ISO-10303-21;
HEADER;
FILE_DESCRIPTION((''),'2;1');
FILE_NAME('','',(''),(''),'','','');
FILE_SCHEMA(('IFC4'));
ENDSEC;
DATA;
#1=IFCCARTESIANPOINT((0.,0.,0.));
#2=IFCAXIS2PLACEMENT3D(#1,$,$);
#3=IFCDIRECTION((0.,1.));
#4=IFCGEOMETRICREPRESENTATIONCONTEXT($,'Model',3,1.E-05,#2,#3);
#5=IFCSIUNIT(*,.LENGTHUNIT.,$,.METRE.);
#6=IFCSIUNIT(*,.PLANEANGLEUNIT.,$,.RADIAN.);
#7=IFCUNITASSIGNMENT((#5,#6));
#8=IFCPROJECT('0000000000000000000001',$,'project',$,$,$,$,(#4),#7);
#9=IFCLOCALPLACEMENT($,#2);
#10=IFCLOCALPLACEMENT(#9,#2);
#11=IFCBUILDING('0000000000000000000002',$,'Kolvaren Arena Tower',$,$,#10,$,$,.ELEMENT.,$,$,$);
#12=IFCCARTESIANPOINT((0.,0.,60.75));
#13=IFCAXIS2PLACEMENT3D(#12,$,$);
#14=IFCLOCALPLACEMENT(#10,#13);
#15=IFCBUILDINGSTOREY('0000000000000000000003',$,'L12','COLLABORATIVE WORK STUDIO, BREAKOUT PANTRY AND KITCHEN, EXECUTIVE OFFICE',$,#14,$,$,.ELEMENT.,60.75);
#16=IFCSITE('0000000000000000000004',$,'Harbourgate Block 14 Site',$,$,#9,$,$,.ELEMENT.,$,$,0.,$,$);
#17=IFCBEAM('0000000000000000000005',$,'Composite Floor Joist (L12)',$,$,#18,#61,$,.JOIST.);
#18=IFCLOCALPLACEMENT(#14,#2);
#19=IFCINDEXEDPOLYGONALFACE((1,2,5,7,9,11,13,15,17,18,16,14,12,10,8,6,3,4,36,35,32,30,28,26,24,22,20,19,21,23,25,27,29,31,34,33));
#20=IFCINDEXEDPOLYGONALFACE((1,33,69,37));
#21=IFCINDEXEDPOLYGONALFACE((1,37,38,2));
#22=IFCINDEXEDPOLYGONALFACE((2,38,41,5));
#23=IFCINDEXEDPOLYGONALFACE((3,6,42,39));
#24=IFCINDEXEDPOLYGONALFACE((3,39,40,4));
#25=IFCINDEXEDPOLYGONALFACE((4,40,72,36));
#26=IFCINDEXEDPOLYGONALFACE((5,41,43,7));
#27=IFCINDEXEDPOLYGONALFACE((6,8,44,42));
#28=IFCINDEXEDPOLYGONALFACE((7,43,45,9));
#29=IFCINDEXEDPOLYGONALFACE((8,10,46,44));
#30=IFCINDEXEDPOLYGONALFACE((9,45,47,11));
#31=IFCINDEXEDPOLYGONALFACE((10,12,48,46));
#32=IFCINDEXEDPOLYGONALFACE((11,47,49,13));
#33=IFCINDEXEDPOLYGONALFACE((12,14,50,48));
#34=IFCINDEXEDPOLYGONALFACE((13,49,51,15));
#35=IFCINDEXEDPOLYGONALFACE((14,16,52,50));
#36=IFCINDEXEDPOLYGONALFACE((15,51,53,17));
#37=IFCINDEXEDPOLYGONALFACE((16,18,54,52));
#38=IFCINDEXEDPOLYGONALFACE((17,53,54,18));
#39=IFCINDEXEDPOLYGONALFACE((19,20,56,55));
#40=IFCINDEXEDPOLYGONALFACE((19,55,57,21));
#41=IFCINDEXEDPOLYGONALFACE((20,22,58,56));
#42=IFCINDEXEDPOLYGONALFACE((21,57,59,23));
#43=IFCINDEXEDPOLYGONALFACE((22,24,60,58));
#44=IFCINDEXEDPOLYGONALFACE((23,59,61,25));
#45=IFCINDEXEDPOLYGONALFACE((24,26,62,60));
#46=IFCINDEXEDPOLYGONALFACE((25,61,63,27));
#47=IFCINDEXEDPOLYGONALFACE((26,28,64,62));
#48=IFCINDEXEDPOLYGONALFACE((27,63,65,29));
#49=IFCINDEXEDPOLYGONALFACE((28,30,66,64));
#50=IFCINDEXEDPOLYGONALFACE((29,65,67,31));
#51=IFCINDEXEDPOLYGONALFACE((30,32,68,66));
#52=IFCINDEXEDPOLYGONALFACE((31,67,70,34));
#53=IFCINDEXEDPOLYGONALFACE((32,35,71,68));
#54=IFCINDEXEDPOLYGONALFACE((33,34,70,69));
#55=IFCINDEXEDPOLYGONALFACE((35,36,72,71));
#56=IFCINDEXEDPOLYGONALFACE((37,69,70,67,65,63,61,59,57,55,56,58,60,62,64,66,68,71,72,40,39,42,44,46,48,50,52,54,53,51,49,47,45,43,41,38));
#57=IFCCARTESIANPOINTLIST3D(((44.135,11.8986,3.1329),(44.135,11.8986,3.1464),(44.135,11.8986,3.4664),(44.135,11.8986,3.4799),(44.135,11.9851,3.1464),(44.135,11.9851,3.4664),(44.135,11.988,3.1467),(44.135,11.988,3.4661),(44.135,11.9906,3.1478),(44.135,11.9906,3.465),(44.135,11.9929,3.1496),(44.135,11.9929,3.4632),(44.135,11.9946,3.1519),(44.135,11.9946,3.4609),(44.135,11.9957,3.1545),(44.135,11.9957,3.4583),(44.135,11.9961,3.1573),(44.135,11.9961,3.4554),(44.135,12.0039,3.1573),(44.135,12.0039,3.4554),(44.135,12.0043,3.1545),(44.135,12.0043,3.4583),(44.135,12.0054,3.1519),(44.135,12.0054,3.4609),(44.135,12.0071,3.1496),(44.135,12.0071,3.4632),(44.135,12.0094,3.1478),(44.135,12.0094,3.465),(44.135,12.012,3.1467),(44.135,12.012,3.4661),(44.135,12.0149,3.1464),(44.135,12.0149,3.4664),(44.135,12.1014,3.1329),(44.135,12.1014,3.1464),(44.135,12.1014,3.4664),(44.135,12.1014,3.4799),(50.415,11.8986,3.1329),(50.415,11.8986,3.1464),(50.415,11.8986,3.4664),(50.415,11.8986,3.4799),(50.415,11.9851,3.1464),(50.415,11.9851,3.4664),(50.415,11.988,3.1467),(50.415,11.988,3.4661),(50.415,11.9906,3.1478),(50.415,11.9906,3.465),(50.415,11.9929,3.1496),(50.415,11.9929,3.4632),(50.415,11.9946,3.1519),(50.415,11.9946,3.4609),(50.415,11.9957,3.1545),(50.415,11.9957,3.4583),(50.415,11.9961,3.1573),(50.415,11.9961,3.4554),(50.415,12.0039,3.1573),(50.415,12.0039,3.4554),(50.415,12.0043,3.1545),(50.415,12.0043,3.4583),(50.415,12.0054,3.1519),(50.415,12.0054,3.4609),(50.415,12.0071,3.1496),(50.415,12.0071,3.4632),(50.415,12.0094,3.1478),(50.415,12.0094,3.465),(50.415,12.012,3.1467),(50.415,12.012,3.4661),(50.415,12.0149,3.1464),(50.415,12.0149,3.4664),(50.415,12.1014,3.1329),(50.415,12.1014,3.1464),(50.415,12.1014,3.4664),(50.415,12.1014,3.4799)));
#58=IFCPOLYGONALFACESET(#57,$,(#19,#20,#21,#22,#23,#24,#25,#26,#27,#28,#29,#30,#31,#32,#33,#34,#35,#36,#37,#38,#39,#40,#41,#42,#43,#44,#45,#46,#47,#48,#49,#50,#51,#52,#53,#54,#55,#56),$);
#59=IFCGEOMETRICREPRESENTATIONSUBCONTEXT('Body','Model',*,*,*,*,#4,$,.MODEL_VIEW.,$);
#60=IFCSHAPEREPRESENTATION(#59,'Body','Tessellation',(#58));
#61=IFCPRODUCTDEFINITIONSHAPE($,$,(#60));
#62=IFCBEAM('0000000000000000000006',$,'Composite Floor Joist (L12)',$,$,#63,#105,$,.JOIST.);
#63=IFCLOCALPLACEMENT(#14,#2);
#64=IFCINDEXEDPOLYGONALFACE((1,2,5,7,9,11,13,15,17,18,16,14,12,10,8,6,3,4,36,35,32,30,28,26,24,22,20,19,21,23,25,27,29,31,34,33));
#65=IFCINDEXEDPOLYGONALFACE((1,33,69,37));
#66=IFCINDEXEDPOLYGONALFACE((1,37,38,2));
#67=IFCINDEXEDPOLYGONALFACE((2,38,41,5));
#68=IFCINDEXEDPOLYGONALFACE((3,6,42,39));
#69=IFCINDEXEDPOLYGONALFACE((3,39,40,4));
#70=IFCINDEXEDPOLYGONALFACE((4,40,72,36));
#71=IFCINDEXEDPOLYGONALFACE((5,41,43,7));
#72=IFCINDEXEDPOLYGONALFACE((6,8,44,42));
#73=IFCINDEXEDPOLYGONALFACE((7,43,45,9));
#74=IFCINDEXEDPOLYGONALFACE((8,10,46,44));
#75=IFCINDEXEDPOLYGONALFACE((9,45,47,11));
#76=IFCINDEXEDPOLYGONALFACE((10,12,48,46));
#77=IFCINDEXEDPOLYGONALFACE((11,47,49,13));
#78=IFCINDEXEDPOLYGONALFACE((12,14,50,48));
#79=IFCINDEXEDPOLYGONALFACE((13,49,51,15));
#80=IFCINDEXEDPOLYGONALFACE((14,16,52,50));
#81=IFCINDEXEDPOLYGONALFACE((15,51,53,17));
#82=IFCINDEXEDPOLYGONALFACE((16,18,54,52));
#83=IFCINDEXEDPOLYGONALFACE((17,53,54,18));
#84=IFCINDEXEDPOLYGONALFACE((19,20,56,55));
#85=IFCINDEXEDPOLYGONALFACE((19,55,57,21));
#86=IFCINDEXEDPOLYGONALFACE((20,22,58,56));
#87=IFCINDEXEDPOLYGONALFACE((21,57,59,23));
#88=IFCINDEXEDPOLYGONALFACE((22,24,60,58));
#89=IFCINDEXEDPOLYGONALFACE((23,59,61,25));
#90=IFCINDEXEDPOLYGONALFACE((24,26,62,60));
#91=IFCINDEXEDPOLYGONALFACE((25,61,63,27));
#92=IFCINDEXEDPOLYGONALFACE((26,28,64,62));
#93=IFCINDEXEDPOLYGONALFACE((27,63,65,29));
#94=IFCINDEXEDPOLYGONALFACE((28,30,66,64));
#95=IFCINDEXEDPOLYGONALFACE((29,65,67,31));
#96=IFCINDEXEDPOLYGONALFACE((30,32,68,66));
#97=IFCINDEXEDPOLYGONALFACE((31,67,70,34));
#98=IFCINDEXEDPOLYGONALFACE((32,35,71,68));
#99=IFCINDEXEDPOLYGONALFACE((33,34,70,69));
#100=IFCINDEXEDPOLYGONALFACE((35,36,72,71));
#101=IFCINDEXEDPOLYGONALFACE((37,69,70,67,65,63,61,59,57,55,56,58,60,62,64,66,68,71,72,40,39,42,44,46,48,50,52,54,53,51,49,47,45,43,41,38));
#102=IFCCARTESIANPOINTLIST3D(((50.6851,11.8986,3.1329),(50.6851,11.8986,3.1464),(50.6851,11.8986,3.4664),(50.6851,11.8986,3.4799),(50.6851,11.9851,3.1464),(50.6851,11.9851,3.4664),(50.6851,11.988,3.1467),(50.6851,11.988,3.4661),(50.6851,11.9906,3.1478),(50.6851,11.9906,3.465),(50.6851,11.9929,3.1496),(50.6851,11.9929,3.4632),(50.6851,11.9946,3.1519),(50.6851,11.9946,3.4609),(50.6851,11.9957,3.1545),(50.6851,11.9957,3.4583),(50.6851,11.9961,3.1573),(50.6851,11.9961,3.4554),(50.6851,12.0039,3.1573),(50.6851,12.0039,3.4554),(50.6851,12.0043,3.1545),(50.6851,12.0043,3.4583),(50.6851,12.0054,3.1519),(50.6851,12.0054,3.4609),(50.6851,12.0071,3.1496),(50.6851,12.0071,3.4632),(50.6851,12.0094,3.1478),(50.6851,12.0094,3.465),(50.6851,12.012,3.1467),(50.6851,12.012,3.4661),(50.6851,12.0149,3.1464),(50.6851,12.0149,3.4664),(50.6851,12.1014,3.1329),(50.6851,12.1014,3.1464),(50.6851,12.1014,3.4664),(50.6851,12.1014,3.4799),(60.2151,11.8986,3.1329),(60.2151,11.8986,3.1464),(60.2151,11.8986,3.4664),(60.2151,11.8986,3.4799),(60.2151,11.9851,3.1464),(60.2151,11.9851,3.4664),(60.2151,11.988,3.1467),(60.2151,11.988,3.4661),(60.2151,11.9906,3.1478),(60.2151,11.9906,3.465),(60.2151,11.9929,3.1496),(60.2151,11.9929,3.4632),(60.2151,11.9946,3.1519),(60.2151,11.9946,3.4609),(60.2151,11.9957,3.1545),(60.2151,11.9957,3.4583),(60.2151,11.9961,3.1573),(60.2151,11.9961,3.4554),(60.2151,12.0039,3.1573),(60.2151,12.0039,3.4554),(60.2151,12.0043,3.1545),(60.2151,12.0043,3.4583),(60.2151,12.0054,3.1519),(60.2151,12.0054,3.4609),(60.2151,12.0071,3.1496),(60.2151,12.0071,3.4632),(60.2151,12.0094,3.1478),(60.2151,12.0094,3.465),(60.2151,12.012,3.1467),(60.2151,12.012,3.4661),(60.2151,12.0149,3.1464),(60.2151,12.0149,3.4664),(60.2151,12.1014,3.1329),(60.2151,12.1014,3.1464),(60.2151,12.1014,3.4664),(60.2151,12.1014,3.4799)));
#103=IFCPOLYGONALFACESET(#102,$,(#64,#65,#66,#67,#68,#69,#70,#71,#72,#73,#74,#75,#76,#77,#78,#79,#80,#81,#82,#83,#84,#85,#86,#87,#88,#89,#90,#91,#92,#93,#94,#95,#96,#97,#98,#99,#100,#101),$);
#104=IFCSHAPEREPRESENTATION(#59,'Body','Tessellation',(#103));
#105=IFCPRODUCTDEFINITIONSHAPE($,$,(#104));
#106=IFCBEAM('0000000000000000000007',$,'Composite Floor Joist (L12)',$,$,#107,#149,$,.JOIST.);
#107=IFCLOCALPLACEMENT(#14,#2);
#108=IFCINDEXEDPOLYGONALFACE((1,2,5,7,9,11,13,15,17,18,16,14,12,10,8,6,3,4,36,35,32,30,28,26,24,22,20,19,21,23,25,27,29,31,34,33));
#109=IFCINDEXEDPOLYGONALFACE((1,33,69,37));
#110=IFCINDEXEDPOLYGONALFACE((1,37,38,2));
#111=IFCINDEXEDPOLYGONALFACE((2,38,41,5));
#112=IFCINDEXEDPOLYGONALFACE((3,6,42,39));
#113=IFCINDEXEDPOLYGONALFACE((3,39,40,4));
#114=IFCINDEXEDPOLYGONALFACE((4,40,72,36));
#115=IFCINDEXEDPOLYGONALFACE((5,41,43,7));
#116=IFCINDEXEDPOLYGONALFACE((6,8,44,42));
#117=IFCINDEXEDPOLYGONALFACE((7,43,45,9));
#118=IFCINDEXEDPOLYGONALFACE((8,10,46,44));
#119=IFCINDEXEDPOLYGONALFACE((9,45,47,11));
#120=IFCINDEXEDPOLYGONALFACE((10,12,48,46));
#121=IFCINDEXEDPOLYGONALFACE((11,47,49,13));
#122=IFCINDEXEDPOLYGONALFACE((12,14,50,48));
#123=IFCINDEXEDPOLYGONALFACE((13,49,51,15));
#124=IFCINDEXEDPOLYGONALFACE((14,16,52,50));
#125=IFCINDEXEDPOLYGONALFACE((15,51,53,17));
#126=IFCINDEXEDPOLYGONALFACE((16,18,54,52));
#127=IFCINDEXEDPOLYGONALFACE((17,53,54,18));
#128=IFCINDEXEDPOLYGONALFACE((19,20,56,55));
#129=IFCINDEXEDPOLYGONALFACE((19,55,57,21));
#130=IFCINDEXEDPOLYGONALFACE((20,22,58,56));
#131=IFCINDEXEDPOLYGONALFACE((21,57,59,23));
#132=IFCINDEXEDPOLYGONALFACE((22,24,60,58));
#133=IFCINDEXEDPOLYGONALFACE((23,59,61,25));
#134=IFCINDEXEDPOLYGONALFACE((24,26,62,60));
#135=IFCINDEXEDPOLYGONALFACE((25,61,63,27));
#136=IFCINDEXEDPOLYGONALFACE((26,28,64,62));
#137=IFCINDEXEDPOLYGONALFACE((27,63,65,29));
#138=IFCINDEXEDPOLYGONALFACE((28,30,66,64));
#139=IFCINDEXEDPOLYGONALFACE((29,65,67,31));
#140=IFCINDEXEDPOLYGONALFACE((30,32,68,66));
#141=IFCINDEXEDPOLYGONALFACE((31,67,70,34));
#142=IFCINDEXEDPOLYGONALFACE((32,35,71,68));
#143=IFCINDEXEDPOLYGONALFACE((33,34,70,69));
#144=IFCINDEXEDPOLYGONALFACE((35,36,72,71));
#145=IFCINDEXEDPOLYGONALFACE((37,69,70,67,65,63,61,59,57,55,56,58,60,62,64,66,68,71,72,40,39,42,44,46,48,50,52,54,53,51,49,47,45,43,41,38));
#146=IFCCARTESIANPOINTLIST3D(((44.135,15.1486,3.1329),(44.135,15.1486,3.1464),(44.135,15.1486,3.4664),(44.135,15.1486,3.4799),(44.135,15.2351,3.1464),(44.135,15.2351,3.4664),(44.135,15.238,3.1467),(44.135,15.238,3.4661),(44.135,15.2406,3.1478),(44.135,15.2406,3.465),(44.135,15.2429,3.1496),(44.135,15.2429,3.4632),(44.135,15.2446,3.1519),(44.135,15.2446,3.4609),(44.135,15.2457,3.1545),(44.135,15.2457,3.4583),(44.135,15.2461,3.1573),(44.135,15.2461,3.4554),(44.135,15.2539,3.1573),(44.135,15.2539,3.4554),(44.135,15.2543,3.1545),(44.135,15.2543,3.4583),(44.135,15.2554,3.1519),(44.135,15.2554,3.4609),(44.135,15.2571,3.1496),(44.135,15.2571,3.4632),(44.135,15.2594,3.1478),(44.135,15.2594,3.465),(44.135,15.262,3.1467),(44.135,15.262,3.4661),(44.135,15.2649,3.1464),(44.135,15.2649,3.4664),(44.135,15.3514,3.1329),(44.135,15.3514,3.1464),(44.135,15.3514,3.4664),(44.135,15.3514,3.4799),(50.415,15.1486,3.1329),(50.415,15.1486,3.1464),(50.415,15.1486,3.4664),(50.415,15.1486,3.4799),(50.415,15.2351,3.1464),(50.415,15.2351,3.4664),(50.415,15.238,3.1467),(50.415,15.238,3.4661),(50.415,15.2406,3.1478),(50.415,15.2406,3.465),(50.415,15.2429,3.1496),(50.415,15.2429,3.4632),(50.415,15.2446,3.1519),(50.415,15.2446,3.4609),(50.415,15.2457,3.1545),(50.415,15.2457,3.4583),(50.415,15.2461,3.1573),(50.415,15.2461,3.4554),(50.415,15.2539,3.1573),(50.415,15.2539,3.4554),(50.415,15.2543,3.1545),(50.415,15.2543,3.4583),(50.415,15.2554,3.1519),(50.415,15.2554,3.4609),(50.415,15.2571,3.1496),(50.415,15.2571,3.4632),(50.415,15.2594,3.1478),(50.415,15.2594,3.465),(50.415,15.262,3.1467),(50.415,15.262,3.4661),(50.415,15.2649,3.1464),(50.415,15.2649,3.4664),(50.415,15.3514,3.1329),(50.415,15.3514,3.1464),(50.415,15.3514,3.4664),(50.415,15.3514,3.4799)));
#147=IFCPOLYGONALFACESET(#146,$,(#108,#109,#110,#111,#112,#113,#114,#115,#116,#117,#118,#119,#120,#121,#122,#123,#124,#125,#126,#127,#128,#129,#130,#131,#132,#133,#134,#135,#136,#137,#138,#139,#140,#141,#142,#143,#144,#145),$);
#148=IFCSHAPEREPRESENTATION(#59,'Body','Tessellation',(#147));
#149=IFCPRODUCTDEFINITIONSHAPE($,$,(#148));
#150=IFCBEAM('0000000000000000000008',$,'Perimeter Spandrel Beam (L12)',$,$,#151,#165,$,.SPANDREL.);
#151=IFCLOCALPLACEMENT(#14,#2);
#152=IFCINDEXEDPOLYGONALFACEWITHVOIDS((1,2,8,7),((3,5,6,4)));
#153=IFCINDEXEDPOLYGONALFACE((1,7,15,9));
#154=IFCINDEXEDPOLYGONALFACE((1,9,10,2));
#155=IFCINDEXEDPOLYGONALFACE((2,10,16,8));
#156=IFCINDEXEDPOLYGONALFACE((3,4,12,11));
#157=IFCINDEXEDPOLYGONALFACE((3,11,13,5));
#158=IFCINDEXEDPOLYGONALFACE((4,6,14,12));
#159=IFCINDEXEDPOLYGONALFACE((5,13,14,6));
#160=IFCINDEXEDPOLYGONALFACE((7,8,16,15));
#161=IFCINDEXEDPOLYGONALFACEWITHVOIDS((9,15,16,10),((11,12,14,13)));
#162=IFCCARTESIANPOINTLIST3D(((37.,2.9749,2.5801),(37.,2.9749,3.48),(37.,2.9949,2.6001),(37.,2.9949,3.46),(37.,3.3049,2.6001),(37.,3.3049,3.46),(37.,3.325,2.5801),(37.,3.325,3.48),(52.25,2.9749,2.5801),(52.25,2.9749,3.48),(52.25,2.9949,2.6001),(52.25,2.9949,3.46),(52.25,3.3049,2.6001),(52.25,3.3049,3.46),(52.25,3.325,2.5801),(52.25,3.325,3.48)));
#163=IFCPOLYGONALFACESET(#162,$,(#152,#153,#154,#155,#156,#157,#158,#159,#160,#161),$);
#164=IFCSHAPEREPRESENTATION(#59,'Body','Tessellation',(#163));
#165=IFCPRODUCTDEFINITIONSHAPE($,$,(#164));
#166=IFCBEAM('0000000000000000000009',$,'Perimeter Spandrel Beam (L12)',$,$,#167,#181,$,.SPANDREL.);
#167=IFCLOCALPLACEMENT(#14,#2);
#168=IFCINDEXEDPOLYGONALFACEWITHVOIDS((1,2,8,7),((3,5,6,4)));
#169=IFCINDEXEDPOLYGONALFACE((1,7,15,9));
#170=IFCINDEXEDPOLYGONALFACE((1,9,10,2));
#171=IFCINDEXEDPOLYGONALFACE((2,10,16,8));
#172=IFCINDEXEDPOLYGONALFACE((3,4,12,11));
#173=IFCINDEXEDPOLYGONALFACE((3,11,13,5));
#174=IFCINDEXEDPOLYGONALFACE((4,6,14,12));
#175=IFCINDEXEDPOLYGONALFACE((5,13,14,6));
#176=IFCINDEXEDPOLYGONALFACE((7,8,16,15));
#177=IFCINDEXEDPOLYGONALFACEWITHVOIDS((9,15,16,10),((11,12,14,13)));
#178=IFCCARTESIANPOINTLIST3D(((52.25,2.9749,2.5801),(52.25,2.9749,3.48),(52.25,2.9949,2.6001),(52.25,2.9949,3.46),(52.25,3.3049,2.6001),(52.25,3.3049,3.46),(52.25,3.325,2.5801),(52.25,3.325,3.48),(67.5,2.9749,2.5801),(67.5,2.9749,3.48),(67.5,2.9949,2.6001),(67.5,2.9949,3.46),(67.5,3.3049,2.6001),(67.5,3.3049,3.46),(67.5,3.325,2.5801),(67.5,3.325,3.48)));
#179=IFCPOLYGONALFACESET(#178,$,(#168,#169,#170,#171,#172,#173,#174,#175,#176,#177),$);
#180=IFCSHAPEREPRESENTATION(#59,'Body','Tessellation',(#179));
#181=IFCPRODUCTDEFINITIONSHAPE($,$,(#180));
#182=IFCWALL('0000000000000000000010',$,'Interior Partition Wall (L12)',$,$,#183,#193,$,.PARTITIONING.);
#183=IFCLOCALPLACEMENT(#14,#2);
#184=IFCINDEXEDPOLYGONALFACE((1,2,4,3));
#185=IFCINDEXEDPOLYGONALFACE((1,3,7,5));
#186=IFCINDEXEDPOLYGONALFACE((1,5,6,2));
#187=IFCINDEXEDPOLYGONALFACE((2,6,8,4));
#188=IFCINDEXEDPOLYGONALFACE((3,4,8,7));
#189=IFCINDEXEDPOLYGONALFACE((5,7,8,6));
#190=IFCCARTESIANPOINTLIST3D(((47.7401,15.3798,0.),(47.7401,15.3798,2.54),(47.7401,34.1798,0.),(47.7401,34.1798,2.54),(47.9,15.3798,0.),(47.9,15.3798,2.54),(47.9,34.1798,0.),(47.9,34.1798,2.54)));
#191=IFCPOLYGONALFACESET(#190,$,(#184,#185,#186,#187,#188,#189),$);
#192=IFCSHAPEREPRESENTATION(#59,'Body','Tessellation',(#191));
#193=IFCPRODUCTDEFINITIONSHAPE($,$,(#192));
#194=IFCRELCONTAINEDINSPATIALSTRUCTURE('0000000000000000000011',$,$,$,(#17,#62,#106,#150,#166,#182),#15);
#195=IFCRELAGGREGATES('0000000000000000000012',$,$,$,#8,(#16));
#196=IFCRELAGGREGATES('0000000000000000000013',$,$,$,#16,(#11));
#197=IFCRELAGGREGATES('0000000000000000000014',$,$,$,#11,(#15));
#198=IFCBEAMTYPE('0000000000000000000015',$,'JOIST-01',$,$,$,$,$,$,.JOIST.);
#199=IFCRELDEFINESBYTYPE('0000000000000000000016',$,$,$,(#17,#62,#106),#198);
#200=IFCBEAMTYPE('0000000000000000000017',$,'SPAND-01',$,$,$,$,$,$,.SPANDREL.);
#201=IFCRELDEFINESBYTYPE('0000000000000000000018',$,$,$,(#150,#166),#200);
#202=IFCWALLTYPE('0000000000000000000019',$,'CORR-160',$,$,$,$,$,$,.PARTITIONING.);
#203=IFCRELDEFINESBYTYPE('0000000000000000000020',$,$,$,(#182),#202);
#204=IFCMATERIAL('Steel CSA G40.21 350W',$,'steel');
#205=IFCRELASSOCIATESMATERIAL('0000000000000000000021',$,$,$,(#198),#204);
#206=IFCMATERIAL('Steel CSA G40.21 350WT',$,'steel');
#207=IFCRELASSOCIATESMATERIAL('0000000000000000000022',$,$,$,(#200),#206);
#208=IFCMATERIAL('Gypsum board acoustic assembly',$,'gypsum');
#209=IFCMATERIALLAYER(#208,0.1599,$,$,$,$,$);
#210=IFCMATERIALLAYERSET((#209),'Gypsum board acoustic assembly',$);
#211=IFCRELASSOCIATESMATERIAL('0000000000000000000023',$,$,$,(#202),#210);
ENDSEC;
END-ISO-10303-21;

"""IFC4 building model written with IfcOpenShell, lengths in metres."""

from ifc_helpers import new_model, si_unit, direction, frame, frame_2d, origin, origin_2d, place, context, subcontext, project, spatial, rectangle, hollow_rectangle, i_section, extrude, material, layer, layer_set, material_profile, profile_set, type_object, element, save


model = new_model("IFC4")

# Units and contexts
model_context = context("Model", 3, precision=1e-05, world=origin(), true_north=direction((0.0, 1.0)))
body_context = subcontext(model_context, "Body", "Model", "MODEL_VIEW")
ifc_project = project(units=[si_unit("LENGTHUNIT", "METRE"), si_unit("PLANEANGLEUNIT", "RADIAN")], contexts=[model_context])

# Site, building, storey
site_placement = place(None, origin())
site = spatial("IfcSite", under=ifc_project, at=site_placement, Name="Harbourgate Block 14 Site", CompositionType="ELEMENT", RefElevation=0.0)
building_placement = place(site_placement, origin())
building = spatial("IfcBuilding", under=site, at=building_placement, Name="Kolvaren Arena Tower", CompositionType="ELEMENT")
storey_placement = place(building_placement, frame((0.0, 0.0, 60.75)))
storey = spatial("IfcBuildingStorey", under=building, at=storey_placement, Name="L12", Description="COLLABORATIVE WORK STUDIO, BREAKOUT PANTRY AND KITCHEN, EXECUTIVE OFFICE", CompositionType="ELEMENT", Elevation=60.75)

# Beams
ifc_material_1 = material(Name="Steel CSA G40.21 350W", Category="steel")
ifc_material_profile_1 = material_profile(ifc_material_1, i_section(OverallWidth=0.2029, OverallDepth=0.3469, WebThickness=0.0078, FlangeThickness=0.0134, FilletRadius=0.011, at=origin_2d()), Name="W360x64")
ifc_profile_set_1 = profile_set([ifc_material_profile_1], Name="Steel CSA G40.21 350W")
beam_type_1 = type_object("IfcBeamType", Name="JOIST-01", PredefinedType="JOIST", material=ifc_profile_set_1)
beam_1_placement = place(storey_placement, frame((44.135, 12.0, 3.3064), z_axis=(1.0, 0.0, 0.0), x_axis=(0.0, 1.0, 0.0)))
element("IfcBeam", 1, at=beam_1_placement, inside=storey, type_object=beam_type_1, Name="Composite Floor Joist (L12)", PredefinedType="JOIST", context=body_context, shape_type="SweptSolid", body=[
    extrude(i_section(OverallWidth=0.2029, OverallDepth=0.3469, WebThickness=0.0078, FlangeThickness=0.0134, FilletRadius=0.011, at=origin_2d()), origin(), (0.0, 0.0, 1.0), 6.28),
])
beam_2_placement = place(storey_placement, frame((50.6851, 12.0, 3.3064), z_axis=(1.0, 0.0, 0.0), x_axis=(0.0, 1.0, 0.0)))
element("IfcBeam", 2, at=beam_2_placement, inside=storey, type_object=beam_type_1, Name="Composite Floor Joist (L12)", PredefinedType="JOIST", context=body_context, shape_type="SweptSolid", body=[
    extrude(i_section(OverallWidth=0.2029, OverallDepth=0.3469, WebThickness=0.0078, FlangeThickness=0.0134, FilletRadius=0.011, at=origin_2d()), origin(), (0.0, 0.0, 1.0), 9.53),
])
beam_3_placement = place(storey_placement, frame((44.135, 15.25, 3.3064), z_axis=(1.0, 0.0, 0.0), x_axis=(0.0, 1.0, 0.0)))
element("IfcBeam", 3, at=beam_3_placement, inside=storey, type_object=beam_type_1, Name="Composite Floor Joist (L12)", PredefinedType="JOIST", context=body_context, shape_type="SweptSolid", body=[
    extrude(i_section(OverallWidth=0.2029, OverallDepth=0.3469, WebThickness=0.0078, FlangeThickness=0.0134, FilletRadius=0.011, at=origin_2d()), origin(), (0.0, 0.0, 1.0), 6.28),
])
ifc_material_2 = material(Name="Steel CSA G40.21 350WT", Category="steel")
ifc_material_profile_2 = material_profile(ifc_material_2, hollow_rectangle(XDim=0.3501, YDim=0.8999, WallThickness=0.02, at=origin_2d()), Name="HSS 900x350x20")
ifc_profile_set_2 = profile_set([ifc_material_profile_2], Name="Steel CSA G40.21 350WT")
beam_type_2 = type_object("IfcBeamType", Name="SPAND-01", PredefinedType="SPANDREL", material=ifc_profile_set_2)
for number, where, z_axis, x_axis, name in (
    (4, (37.0, 3.1499, 3.03), (1.0, 0.0, 0.0), (0.0, 1.0, 0.0), "Perimeter Spandrel Beam (L12)"),
    (5, (52.25, 3.1499, 3.03), (1.0, 0.0, 0.0), (0.0, 1.0, 0.0), "Perimeter Spandrel Beam (L12)"),
):
    element("IfcBeam", number, at=place(storey_placement, frame(where, z_axis=z_axis, x_axis=x_axis)), inside=storey, type_object=beam_type_2, Name=name, PredefinedType="SPANDREL", context=body_context, shape_type="SweptSolid", body=[
        extrude(hollow_rectangle(XDim=0.3501, YDim=0.8999, WallThickness=0.02, at=origin_2d()), origin(), (0.0, 0.0, 1.0), 15.25),
    ])

# Wall
ifc_material_3 = material(Name="Gypsum board acoustic assembly", Category="gypsum")
ifc_layer_1 = layer(ifc_material_3, 0.1599)
ifc_layer_set_1 = layer_set([ifc_layer_1], Name="Gypsum board acoustic assembly")
wall_type_1 = type_object("IfcWallType", Name="CORR-160", PredefinedType="PARTITIONING", material=ifc_layer_set_1)
wall_1_placement = place(storey_placement, frame((47.8201, 15.3799, 0.0), z_axis=(0.0, 0.0, 1.0), x_axis=(0.0, 1.0, 0.0)))
element("IfcWall", 6, at=wall_1_placement, inside=storey, type_object=wall_type_1, Name="Interior Partition Wall (L12)", PredefinedType="PARTITIONING", context=body_context, shape_type="SweptSolid", body=[
    extrude(rectangle(XDim=18.8, YDim=0.1599, at=frame_2d((9.3999, 0.0))), origin(), (0.0, 0.0, 1.0), 2.54),
])

save(model, "model.ifc")
